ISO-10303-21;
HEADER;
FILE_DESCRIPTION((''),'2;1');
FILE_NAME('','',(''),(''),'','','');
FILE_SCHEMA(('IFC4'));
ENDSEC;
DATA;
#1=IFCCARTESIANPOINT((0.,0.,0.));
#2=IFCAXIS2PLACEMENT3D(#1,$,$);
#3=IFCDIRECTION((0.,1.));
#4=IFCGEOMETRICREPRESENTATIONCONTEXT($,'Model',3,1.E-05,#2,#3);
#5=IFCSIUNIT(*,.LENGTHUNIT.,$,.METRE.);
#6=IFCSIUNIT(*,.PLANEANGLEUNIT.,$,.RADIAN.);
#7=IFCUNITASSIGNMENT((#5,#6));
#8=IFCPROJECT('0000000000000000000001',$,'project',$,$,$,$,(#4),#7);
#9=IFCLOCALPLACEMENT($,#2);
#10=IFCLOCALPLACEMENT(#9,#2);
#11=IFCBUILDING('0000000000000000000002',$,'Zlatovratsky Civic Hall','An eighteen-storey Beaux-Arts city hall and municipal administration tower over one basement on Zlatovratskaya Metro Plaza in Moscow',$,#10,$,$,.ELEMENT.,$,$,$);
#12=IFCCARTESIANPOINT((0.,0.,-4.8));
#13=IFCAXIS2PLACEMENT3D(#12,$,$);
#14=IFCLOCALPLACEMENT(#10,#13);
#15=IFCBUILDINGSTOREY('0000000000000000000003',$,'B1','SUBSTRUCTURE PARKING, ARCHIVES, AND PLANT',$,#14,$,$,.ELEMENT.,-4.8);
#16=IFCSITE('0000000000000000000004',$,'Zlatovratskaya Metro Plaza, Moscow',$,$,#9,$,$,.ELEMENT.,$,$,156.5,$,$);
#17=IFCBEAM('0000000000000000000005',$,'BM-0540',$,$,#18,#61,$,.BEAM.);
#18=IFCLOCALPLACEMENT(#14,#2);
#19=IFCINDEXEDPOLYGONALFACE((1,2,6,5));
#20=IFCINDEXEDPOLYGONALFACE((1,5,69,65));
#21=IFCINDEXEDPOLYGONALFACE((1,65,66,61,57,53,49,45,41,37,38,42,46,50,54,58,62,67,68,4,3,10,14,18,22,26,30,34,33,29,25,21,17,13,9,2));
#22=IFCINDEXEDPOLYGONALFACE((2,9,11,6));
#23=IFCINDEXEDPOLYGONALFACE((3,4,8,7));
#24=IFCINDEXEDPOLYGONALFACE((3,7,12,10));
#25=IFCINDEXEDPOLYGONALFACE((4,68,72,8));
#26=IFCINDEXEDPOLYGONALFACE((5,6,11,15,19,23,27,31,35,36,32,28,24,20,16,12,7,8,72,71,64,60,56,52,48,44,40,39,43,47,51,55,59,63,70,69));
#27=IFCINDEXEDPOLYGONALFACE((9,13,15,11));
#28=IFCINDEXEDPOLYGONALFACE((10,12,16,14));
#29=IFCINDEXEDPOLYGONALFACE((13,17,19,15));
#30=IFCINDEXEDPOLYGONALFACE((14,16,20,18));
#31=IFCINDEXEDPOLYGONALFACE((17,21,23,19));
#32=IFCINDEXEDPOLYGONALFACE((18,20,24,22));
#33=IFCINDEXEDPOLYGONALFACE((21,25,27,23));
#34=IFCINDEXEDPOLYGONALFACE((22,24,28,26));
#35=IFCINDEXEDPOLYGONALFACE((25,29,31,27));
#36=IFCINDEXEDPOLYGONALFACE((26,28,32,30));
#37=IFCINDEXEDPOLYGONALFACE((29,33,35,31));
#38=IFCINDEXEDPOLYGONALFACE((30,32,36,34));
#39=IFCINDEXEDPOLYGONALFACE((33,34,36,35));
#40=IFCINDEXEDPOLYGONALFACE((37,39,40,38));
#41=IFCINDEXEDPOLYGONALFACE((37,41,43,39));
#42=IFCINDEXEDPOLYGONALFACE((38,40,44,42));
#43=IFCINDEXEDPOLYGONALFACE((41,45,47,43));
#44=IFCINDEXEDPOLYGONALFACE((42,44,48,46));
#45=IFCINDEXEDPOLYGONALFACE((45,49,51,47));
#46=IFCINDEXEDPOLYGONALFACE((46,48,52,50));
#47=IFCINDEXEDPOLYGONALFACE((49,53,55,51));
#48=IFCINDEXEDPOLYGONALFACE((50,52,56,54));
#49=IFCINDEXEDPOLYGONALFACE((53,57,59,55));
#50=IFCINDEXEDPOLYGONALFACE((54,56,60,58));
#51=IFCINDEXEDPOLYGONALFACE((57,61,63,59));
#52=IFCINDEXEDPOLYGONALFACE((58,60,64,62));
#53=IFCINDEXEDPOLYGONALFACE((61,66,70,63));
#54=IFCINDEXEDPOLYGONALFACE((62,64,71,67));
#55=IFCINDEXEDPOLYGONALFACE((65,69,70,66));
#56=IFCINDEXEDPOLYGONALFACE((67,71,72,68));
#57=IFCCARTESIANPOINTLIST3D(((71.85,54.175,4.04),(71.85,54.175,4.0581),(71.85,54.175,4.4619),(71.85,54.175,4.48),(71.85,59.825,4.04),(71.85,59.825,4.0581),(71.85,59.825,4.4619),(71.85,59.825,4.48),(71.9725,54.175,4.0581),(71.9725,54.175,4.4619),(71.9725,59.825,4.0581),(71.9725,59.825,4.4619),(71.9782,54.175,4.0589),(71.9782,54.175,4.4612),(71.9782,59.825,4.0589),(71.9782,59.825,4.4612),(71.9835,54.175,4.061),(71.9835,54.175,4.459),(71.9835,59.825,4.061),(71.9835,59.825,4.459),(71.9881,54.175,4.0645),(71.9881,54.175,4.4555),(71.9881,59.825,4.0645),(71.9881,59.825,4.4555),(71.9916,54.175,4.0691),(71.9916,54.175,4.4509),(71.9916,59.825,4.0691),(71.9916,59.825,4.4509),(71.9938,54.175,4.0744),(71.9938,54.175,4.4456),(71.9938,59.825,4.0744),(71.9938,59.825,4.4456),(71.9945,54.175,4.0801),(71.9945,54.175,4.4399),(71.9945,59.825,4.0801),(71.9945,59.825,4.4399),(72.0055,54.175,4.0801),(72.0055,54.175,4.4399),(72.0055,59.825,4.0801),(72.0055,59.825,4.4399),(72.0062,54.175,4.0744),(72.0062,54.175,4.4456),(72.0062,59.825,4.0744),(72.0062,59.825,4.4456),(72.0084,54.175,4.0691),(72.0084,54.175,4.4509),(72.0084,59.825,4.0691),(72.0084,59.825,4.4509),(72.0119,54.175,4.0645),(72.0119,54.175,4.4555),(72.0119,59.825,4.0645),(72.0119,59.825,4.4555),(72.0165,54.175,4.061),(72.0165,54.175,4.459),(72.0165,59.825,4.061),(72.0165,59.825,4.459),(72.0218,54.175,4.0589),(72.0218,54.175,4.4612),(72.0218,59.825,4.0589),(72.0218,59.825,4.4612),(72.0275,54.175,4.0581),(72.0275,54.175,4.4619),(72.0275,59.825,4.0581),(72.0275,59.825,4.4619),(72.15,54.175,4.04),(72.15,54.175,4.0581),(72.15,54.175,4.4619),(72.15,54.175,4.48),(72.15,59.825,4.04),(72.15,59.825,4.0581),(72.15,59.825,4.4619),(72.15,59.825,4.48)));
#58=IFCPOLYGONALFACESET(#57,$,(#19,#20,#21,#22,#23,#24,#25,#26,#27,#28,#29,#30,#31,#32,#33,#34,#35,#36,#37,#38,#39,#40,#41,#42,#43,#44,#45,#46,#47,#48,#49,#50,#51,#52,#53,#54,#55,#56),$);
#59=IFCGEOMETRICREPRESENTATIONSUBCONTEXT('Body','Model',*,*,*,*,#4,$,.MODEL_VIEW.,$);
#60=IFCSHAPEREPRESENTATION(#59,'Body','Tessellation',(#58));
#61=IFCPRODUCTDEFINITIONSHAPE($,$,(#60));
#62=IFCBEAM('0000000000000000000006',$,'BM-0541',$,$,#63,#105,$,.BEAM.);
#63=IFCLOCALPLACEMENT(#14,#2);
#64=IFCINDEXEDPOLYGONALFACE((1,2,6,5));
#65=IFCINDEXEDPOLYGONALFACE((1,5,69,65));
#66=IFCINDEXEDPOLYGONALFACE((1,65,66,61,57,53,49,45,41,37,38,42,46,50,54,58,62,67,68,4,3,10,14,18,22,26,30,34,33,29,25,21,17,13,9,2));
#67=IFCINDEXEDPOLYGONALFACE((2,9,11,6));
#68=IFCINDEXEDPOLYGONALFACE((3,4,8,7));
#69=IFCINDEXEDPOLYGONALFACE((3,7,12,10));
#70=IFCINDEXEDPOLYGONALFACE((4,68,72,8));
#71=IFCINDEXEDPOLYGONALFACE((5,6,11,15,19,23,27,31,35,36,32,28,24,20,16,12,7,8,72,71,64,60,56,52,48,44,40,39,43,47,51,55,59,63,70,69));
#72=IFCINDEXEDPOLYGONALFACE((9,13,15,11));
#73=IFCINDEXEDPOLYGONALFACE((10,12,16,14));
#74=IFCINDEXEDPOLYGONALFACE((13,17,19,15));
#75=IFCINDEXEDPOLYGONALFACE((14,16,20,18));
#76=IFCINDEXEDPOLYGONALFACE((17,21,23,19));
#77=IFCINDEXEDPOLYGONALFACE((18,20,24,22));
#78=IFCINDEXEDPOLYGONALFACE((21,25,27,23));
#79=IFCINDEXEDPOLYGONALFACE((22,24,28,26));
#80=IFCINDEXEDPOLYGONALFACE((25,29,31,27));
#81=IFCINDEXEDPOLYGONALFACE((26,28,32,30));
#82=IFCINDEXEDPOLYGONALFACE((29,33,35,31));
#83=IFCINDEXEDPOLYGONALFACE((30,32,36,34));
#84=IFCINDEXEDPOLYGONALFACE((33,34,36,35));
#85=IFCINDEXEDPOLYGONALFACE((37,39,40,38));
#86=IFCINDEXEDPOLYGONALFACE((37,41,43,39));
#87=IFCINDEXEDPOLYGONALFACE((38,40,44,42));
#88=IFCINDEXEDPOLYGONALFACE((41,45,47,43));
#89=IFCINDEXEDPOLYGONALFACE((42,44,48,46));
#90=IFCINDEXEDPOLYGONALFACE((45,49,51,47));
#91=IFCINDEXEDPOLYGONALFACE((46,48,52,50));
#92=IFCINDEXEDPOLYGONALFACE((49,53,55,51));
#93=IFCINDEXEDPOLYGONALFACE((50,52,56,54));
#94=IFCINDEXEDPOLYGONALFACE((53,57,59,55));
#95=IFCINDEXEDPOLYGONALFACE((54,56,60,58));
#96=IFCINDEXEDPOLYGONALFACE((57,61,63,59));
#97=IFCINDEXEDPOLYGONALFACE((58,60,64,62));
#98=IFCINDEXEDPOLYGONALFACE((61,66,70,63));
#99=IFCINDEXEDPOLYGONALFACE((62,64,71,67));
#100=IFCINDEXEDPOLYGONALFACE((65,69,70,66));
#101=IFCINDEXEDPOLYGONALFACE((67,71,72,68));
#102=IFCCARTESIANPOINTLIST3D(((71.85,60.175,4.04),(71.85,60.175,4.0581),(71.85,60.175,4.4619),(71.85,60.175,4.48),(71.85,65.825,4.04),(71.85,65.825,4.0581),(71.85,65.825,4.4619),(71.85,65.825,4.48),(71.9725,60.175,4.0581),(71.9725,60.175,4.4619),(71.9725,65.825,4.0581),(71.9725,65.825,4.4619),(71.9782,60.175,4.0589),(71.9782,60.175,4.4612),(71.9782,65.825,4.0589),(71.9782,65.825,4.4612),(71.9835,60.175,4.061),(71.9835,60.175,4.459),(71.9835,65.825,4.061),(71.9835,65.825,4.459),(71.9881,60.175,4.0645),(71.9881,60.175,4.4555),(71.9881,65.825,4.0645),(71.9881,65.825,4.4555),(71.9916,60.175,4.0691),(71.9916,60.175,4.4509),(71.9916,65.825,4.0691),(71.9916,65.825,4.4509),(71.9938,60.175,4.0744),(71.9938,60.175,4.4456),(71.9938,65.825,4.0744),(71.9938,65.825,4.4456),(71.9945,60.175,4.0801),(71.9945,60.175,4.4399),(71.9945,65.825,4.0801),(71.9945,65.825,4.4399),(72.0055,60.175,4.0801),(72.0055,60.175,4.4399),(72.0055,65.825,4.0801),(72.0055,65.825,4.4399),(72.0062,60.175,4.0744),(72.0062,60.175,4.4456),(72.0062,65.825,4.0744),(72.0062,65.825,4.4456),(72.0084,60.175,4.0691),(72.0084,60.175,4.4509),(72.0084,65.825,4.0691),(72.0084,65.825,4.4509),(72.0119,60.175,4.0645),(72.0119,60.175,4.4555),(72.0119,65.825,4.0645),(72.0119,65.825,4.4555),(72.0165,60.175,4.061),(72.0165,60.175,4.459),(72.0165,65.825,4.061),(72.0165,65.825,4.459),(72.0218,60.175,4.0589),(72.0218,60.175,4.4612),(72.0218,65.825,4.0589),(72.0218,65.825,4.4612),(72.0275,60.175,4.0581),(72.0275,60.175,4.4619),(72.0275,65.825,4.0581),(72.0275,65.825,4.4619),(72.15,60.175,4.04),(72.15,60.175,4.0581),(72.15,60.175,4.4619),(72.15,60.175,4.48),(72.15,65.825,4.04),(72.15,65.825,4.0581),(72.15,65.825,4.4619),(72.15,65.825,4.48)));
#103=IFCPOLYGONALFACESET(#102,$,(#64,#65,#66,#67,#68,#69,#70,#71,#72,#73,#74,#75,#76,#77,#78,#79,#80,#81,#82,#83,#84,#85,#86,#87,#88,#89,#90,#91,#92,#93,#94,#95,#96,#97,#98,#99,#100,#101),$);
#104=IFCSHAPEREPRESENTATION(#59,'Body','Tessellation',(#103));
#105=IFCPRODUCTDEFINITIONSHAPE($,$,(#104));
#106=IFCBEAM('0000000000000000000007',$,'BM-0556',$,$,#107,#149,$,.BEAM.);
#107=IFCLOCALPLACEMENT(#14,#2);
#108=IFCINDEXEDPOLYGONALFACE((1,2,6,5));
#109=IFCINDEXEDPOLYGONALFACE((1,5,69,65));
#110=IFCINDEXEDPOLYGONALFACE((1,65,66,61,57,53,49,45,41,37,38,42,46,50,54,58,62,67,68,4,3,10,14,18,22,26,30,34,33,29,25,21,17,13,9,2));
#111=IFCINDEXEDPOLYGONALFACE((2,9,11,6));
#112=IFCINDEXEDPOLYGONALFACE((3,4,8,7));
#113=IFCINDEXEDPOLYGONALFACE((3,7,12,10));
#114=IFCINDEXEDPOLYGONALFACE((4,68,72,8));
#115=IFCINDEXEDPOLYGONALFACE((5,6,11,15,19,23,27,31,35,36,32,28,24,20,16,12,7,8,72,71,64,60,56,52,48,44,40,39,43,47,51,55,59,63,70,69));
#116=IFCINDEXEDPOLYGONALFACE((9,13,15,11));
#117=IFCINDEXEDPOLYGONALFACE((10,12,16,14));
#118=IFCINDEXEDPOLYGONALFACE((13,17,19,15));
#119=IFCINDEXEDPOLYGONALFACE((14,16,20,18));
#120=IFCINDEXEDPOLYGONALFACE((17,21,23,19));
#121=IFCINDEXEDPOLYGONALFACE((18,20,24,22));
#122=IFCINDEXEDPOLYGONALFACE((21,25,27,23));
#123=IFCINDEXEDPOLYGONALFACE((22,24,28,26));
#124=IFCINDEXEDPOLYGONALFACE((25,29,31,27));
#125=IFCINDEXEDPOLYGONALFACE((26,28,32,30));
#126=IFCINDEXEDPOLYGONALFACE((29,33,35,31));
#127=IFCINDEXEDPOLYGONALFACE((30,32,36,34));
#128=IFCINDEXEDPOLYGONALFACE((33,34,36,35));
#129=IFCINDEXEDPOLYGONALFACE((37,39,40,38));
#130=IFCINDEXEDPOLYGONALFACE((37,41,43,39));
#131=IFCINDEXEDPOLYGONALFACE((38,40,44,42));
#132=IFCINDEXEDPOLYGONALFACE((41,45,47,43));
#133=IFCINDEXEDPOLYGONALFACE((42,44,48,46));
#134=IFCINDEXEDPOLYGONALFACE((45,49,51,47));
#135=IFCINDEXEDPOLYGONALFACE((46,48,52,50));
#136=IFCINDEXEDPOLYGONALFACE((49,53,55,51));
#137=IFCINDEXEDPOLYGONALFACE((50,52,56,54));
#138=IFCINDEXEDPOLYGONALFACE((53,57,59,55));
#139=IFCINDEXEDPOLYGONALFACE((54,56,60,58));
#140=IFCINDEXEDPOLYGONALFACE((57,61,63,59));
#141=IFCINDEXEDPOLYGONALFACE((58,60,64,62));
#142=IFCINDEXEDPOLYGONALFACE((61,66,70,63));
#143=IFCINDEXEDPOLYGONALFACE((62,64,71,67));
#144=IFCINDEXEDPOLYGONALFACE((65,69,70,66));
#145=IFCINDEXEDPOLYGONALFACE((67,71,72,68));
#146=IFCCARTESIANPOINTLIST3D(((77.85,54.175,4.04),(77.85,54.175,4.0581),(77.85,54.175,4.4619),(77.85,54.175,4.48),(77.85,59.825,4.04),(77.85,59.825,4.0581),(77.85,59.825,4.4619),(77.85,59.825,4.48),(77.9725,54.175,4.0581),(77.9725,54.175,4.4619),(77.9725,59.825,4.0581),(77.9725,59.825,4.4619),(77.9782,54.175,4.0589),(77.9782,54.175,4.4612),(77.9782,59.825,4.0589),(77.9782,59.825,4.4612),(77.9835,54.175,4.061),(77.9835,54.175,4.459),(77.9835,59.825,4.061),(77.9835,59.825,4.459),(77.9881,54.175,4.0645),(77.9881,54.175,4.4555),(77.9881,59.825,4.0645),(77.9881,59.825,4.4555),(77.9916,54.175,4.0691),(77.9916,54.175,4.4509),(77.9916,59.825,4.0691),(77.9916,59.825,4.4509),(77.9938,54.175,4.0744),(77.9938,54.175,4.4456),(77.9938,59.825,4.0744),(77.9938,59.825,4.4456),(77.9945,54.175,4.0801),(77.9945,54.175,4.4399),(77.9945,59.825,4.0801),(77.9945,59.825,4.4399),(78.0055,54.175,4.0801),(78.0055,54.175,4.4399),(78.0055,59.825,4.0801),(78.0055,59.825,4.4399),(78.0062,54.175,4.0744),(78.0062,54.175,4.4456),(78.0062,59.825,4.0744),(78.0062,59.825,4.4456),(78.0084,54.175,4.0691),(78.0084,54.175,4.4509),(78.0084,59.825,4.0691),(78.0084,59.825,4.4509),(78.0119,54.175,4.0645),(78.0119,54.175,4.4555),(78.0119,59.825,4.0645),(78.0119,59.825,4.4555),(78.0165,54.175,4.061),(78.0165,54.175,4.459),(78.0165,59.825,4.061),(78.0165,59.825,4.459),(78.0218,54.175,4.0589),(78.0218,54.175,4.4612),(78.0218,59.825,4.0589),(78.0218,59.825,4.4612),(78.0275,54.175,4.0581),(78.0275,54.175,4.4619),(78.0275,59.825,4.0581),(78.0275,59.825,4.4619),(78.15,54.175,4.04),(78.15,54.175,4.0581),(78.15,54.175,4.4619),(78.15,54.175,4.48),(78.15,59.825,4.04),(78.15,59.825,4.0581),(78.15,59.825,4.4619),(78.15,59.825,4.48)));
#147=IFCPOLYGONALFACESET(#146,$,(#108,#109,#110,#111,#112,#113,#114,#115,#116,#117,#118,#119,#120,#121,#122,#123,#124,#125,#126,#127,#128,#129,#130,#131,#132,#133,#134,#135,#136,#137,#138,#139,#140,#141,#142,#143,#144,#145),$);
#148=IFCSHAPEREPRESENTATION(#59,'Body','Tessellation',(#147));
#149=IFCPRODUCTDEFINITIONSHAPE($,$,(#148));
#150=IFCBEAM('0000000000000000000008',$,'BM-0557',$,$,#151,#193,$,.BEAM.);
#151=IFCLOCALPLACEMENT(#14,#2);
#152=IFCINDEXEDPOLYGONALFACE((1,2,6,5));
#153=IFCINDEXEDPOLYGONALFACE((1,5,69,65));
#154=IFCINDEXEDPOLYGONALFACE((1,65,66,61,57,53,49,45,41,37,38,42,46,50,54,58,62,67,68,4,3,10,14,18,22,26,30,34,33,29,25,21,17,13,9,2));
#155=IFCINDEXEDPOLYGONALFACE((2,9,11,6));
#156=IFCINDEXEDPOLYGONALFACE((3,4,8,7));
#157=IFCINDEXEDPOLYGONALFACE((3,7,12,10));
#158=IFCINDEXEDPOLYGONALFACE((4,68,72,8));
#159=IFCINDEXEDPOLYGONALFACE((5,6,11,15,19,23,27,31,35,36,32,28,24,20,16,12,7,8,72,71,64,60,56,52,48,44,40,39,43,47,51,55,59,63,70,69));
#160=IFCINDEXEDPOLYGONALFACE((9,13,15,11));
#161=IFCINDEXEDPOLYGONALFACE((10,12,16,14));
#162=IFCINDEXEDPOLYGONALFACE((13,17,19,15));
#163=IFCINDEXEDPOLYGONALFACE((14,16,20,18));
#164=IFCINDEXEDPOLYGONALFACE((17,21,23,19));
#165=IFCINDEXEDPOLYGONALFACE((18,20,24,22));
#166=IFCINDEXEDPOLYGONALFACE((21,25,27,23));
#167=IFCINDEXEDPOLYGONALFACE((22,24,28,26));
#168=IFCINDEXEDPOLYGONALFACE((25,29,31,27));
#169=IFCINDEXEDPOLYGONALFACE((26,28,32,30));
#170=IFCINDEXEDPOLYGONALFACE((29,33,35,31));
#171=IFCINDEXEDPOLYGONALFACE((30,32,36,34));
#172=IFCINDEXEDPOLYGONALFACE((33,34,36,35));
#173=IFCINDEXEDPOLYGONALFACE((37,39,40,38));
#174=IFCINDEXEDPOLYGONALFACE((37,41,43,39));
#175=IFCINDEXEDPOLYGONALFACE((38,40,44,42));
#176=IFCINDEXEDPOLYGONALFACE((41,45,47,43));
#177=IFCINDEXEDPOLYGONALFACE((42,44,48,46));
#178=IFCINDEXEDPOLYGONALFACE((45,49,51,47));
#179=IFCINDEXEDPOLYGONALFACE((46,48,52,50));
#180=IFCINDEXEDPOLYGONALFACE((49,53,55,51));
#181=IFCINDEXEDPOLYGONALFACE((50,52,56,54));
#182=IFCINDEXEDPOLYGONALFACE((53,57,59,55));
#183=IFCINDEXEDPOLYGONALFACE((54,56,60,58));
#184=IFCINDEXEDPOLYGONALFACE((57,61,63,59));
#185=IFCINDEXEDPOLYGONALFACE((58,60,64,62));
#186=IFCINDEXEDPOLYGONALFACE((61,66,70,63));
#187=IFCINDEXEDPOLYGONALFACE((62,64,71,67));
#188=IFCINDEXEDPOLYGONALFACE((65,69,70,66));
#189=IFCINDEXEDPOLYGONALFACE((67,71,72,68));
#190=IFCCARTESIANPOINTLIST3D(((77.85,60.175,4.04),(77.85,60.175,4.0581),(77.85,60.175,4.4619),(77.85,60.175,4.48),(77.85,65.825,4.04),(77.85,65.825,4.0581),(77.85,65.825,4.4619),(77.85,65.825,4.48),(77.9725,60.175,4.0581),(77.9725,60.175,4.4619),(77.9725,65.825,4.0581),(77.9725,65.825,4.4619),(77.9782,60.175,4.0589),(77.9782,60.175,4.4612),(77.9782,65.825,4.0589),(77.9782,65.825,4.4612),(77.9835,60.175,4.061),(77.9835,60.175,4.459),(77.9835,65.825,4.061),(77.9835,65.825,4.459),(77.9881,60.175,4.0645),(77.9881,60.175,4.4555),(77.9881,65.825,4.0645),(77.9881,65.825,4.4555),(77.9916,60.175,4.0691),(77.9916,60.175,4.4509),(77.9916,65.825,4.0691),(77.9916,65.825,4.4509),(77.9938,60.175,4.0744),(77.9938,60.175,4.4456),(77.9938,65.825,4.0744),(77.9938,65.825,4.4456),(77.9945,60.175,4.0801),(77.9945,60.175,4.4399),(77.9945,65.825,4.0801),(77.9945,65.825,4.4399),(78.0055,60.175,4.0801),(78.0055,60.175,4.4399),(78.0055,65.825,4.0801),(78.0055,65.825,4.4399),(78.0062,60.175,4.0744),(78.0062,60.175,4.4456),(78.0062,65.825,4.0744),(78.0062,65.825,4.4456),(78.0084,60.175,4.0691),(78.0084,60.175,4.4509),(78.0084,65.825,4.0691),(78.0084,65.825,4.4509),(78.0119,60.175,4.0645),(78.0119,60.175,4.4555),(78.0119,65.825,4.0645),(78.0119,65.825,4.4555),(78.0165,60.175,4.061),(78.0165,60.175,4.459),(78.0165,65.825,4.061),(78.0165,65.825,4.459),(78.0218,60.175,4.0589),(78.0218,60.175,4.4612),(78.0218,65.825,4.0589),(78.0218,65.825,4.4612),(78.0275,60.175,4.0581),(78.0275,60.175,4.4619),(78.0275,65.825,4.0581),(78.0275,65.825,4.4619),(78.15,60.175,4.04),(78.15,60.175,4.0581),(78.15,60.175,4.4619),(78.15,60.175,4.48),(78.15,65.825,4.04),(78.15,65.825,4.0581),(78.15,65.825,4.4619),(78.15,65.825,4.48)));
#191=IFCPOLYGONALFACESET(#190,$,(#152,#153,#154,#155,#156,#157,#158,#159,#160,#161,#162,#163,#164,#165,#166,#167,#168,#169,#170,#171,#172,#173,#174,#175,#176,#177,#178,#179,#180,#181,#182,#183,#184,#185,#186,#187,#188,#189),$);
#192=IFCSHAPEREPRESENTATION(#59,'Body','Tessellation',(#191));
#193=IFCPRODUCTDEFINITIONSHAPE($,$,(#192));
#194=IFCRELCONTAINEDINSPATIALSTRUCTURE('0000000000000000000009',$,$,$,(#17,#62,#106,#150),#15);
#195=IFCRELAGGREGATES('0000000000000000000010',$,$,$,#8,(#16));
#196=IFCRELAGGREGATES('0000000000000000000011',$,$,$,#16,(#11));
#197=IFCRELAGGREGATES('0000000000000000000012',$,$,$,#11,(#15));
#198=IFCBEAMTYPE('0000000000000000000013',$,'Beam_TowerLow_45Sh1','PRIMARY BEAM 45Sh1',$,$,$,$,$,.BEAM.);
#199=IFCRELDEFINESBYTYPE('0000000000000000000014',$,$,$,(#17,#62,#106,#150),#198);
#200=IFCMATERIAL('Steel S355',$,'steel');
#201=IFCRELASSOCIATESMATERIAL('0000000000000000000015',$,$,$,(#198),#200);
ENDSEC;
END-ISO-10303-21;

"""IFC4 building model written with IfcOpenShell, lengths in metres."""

from ifc_helpers import new_model, si_unit, direction, frame, origin, origin_2d, place, context, subcontext, project, spatial, i_section, extrude, material, material_profile, profile_set, type_object, element, save


model = new_model("IFC4")

# Units and contexts
model_context = context("Model", 3, precision=1e-05, world=origin(), true_north=direction((0.0, 1.0)))
body_context = subcontext(model_context, "Body", "Model", "MODEL_VIEW")
ifc_project = project(units=[si_unit("LENGTHUNIT", "METRE"), si_unit("PLANEANGLEUNIT", "RADIAN")], contexts=[model_context])

# Site, building, storey
site_placement = place(None, origin())
site = spatial("IfcSite", under=ifc_project, at=site_placement, Name="Zlatovratskaya Metro Plaza, Moscow", CompositionType="ELEMENT", RefElevation=156.5)
building_placement = place(site_placement, origin())
building = spatial("IfcBuilding", under=site, at=building_placement, Name="Zlatovratsky Civic Hall", Description="An eighteen-storey Beaux-Arts city hall and municipal administration tower over one basement on Zlatovratskaya Metro Plaza in Moscow", CompositionType="ELEMENT")
storey_placement = place(building_placement, frame((0.0, 0.0, -4.8)))
storey = spatial("IfcBuildingStorey", under=building, at=storey_placement, Name="B1", Description="SUBSTRUCTURE PARKING, ARCHIVES, AND PLANT", CompositionType="ELEMENT", Elevation=-4.8)

# Shared definitions
ifc_material_1 = material(Name="Steel S355", Category="steel")

# Beams
ifc_material_profile_1 = material_profile(ifc_material_1, i_section(OverallWidth=0.3, OverallDepth=0.4399, WebThickness=0.011, FlangeThickness=0.0181, FilletRadius=0.022, at=origin_2d()), Name="45Sh1")
ifc_profile_set_1 = profile_set([ifc_material_profile_1], Name="Steel S355")
beam_type = type_object("IfcBeamType", Name="Beam_TowerLow_45Sh1", Description="PRIMARY BEAM 45Sh1", PredefinedType="BEAM", material=ifc_profile_set_1)
for number, where, z_axis, x_axis, name in (
    (1, (72.0, 54.175, 4.26), (0.0, 1.0, 0.0), (-1.0, 0.0, 0.0), "BM-0540"),
    (2, (72.0, 60.175, 4.26), (0.0, 1.0, 0.0), (-1.0, 0.0, 0.0), "BM-0541"),
    (3, (78.0, 54.175, 4.26), (0.0, 1.0, 0.0), (-1.0, 0.0, 0.0), "BM-0556"),
    (4, (78.0, 60.175, 4.26), (0.0, 1.0, 0.0), (-1.0, 0.0, 0.0), "BM-0557"),
):
    element("IfcBeam", number, at=place(storey_placement, frame(where, z_axis=z_axis, x_axis=x_axis)), inside=storey, type_object=beam_type, Name=name, PredefinedType="BEAM", context=body_context, shape_type="SweptSolid", body=[
        extrude(i_section(OverallWidth=0.3, OverallDepth=0.4399, WebThickness=0.011, FlangeThickness=0.0181, FilletRadius=0.022, at=origin_2d()), origin(), (0.0, 0.0, 1.0), 5.6499),
    ])

save(model, "model.ifc")
